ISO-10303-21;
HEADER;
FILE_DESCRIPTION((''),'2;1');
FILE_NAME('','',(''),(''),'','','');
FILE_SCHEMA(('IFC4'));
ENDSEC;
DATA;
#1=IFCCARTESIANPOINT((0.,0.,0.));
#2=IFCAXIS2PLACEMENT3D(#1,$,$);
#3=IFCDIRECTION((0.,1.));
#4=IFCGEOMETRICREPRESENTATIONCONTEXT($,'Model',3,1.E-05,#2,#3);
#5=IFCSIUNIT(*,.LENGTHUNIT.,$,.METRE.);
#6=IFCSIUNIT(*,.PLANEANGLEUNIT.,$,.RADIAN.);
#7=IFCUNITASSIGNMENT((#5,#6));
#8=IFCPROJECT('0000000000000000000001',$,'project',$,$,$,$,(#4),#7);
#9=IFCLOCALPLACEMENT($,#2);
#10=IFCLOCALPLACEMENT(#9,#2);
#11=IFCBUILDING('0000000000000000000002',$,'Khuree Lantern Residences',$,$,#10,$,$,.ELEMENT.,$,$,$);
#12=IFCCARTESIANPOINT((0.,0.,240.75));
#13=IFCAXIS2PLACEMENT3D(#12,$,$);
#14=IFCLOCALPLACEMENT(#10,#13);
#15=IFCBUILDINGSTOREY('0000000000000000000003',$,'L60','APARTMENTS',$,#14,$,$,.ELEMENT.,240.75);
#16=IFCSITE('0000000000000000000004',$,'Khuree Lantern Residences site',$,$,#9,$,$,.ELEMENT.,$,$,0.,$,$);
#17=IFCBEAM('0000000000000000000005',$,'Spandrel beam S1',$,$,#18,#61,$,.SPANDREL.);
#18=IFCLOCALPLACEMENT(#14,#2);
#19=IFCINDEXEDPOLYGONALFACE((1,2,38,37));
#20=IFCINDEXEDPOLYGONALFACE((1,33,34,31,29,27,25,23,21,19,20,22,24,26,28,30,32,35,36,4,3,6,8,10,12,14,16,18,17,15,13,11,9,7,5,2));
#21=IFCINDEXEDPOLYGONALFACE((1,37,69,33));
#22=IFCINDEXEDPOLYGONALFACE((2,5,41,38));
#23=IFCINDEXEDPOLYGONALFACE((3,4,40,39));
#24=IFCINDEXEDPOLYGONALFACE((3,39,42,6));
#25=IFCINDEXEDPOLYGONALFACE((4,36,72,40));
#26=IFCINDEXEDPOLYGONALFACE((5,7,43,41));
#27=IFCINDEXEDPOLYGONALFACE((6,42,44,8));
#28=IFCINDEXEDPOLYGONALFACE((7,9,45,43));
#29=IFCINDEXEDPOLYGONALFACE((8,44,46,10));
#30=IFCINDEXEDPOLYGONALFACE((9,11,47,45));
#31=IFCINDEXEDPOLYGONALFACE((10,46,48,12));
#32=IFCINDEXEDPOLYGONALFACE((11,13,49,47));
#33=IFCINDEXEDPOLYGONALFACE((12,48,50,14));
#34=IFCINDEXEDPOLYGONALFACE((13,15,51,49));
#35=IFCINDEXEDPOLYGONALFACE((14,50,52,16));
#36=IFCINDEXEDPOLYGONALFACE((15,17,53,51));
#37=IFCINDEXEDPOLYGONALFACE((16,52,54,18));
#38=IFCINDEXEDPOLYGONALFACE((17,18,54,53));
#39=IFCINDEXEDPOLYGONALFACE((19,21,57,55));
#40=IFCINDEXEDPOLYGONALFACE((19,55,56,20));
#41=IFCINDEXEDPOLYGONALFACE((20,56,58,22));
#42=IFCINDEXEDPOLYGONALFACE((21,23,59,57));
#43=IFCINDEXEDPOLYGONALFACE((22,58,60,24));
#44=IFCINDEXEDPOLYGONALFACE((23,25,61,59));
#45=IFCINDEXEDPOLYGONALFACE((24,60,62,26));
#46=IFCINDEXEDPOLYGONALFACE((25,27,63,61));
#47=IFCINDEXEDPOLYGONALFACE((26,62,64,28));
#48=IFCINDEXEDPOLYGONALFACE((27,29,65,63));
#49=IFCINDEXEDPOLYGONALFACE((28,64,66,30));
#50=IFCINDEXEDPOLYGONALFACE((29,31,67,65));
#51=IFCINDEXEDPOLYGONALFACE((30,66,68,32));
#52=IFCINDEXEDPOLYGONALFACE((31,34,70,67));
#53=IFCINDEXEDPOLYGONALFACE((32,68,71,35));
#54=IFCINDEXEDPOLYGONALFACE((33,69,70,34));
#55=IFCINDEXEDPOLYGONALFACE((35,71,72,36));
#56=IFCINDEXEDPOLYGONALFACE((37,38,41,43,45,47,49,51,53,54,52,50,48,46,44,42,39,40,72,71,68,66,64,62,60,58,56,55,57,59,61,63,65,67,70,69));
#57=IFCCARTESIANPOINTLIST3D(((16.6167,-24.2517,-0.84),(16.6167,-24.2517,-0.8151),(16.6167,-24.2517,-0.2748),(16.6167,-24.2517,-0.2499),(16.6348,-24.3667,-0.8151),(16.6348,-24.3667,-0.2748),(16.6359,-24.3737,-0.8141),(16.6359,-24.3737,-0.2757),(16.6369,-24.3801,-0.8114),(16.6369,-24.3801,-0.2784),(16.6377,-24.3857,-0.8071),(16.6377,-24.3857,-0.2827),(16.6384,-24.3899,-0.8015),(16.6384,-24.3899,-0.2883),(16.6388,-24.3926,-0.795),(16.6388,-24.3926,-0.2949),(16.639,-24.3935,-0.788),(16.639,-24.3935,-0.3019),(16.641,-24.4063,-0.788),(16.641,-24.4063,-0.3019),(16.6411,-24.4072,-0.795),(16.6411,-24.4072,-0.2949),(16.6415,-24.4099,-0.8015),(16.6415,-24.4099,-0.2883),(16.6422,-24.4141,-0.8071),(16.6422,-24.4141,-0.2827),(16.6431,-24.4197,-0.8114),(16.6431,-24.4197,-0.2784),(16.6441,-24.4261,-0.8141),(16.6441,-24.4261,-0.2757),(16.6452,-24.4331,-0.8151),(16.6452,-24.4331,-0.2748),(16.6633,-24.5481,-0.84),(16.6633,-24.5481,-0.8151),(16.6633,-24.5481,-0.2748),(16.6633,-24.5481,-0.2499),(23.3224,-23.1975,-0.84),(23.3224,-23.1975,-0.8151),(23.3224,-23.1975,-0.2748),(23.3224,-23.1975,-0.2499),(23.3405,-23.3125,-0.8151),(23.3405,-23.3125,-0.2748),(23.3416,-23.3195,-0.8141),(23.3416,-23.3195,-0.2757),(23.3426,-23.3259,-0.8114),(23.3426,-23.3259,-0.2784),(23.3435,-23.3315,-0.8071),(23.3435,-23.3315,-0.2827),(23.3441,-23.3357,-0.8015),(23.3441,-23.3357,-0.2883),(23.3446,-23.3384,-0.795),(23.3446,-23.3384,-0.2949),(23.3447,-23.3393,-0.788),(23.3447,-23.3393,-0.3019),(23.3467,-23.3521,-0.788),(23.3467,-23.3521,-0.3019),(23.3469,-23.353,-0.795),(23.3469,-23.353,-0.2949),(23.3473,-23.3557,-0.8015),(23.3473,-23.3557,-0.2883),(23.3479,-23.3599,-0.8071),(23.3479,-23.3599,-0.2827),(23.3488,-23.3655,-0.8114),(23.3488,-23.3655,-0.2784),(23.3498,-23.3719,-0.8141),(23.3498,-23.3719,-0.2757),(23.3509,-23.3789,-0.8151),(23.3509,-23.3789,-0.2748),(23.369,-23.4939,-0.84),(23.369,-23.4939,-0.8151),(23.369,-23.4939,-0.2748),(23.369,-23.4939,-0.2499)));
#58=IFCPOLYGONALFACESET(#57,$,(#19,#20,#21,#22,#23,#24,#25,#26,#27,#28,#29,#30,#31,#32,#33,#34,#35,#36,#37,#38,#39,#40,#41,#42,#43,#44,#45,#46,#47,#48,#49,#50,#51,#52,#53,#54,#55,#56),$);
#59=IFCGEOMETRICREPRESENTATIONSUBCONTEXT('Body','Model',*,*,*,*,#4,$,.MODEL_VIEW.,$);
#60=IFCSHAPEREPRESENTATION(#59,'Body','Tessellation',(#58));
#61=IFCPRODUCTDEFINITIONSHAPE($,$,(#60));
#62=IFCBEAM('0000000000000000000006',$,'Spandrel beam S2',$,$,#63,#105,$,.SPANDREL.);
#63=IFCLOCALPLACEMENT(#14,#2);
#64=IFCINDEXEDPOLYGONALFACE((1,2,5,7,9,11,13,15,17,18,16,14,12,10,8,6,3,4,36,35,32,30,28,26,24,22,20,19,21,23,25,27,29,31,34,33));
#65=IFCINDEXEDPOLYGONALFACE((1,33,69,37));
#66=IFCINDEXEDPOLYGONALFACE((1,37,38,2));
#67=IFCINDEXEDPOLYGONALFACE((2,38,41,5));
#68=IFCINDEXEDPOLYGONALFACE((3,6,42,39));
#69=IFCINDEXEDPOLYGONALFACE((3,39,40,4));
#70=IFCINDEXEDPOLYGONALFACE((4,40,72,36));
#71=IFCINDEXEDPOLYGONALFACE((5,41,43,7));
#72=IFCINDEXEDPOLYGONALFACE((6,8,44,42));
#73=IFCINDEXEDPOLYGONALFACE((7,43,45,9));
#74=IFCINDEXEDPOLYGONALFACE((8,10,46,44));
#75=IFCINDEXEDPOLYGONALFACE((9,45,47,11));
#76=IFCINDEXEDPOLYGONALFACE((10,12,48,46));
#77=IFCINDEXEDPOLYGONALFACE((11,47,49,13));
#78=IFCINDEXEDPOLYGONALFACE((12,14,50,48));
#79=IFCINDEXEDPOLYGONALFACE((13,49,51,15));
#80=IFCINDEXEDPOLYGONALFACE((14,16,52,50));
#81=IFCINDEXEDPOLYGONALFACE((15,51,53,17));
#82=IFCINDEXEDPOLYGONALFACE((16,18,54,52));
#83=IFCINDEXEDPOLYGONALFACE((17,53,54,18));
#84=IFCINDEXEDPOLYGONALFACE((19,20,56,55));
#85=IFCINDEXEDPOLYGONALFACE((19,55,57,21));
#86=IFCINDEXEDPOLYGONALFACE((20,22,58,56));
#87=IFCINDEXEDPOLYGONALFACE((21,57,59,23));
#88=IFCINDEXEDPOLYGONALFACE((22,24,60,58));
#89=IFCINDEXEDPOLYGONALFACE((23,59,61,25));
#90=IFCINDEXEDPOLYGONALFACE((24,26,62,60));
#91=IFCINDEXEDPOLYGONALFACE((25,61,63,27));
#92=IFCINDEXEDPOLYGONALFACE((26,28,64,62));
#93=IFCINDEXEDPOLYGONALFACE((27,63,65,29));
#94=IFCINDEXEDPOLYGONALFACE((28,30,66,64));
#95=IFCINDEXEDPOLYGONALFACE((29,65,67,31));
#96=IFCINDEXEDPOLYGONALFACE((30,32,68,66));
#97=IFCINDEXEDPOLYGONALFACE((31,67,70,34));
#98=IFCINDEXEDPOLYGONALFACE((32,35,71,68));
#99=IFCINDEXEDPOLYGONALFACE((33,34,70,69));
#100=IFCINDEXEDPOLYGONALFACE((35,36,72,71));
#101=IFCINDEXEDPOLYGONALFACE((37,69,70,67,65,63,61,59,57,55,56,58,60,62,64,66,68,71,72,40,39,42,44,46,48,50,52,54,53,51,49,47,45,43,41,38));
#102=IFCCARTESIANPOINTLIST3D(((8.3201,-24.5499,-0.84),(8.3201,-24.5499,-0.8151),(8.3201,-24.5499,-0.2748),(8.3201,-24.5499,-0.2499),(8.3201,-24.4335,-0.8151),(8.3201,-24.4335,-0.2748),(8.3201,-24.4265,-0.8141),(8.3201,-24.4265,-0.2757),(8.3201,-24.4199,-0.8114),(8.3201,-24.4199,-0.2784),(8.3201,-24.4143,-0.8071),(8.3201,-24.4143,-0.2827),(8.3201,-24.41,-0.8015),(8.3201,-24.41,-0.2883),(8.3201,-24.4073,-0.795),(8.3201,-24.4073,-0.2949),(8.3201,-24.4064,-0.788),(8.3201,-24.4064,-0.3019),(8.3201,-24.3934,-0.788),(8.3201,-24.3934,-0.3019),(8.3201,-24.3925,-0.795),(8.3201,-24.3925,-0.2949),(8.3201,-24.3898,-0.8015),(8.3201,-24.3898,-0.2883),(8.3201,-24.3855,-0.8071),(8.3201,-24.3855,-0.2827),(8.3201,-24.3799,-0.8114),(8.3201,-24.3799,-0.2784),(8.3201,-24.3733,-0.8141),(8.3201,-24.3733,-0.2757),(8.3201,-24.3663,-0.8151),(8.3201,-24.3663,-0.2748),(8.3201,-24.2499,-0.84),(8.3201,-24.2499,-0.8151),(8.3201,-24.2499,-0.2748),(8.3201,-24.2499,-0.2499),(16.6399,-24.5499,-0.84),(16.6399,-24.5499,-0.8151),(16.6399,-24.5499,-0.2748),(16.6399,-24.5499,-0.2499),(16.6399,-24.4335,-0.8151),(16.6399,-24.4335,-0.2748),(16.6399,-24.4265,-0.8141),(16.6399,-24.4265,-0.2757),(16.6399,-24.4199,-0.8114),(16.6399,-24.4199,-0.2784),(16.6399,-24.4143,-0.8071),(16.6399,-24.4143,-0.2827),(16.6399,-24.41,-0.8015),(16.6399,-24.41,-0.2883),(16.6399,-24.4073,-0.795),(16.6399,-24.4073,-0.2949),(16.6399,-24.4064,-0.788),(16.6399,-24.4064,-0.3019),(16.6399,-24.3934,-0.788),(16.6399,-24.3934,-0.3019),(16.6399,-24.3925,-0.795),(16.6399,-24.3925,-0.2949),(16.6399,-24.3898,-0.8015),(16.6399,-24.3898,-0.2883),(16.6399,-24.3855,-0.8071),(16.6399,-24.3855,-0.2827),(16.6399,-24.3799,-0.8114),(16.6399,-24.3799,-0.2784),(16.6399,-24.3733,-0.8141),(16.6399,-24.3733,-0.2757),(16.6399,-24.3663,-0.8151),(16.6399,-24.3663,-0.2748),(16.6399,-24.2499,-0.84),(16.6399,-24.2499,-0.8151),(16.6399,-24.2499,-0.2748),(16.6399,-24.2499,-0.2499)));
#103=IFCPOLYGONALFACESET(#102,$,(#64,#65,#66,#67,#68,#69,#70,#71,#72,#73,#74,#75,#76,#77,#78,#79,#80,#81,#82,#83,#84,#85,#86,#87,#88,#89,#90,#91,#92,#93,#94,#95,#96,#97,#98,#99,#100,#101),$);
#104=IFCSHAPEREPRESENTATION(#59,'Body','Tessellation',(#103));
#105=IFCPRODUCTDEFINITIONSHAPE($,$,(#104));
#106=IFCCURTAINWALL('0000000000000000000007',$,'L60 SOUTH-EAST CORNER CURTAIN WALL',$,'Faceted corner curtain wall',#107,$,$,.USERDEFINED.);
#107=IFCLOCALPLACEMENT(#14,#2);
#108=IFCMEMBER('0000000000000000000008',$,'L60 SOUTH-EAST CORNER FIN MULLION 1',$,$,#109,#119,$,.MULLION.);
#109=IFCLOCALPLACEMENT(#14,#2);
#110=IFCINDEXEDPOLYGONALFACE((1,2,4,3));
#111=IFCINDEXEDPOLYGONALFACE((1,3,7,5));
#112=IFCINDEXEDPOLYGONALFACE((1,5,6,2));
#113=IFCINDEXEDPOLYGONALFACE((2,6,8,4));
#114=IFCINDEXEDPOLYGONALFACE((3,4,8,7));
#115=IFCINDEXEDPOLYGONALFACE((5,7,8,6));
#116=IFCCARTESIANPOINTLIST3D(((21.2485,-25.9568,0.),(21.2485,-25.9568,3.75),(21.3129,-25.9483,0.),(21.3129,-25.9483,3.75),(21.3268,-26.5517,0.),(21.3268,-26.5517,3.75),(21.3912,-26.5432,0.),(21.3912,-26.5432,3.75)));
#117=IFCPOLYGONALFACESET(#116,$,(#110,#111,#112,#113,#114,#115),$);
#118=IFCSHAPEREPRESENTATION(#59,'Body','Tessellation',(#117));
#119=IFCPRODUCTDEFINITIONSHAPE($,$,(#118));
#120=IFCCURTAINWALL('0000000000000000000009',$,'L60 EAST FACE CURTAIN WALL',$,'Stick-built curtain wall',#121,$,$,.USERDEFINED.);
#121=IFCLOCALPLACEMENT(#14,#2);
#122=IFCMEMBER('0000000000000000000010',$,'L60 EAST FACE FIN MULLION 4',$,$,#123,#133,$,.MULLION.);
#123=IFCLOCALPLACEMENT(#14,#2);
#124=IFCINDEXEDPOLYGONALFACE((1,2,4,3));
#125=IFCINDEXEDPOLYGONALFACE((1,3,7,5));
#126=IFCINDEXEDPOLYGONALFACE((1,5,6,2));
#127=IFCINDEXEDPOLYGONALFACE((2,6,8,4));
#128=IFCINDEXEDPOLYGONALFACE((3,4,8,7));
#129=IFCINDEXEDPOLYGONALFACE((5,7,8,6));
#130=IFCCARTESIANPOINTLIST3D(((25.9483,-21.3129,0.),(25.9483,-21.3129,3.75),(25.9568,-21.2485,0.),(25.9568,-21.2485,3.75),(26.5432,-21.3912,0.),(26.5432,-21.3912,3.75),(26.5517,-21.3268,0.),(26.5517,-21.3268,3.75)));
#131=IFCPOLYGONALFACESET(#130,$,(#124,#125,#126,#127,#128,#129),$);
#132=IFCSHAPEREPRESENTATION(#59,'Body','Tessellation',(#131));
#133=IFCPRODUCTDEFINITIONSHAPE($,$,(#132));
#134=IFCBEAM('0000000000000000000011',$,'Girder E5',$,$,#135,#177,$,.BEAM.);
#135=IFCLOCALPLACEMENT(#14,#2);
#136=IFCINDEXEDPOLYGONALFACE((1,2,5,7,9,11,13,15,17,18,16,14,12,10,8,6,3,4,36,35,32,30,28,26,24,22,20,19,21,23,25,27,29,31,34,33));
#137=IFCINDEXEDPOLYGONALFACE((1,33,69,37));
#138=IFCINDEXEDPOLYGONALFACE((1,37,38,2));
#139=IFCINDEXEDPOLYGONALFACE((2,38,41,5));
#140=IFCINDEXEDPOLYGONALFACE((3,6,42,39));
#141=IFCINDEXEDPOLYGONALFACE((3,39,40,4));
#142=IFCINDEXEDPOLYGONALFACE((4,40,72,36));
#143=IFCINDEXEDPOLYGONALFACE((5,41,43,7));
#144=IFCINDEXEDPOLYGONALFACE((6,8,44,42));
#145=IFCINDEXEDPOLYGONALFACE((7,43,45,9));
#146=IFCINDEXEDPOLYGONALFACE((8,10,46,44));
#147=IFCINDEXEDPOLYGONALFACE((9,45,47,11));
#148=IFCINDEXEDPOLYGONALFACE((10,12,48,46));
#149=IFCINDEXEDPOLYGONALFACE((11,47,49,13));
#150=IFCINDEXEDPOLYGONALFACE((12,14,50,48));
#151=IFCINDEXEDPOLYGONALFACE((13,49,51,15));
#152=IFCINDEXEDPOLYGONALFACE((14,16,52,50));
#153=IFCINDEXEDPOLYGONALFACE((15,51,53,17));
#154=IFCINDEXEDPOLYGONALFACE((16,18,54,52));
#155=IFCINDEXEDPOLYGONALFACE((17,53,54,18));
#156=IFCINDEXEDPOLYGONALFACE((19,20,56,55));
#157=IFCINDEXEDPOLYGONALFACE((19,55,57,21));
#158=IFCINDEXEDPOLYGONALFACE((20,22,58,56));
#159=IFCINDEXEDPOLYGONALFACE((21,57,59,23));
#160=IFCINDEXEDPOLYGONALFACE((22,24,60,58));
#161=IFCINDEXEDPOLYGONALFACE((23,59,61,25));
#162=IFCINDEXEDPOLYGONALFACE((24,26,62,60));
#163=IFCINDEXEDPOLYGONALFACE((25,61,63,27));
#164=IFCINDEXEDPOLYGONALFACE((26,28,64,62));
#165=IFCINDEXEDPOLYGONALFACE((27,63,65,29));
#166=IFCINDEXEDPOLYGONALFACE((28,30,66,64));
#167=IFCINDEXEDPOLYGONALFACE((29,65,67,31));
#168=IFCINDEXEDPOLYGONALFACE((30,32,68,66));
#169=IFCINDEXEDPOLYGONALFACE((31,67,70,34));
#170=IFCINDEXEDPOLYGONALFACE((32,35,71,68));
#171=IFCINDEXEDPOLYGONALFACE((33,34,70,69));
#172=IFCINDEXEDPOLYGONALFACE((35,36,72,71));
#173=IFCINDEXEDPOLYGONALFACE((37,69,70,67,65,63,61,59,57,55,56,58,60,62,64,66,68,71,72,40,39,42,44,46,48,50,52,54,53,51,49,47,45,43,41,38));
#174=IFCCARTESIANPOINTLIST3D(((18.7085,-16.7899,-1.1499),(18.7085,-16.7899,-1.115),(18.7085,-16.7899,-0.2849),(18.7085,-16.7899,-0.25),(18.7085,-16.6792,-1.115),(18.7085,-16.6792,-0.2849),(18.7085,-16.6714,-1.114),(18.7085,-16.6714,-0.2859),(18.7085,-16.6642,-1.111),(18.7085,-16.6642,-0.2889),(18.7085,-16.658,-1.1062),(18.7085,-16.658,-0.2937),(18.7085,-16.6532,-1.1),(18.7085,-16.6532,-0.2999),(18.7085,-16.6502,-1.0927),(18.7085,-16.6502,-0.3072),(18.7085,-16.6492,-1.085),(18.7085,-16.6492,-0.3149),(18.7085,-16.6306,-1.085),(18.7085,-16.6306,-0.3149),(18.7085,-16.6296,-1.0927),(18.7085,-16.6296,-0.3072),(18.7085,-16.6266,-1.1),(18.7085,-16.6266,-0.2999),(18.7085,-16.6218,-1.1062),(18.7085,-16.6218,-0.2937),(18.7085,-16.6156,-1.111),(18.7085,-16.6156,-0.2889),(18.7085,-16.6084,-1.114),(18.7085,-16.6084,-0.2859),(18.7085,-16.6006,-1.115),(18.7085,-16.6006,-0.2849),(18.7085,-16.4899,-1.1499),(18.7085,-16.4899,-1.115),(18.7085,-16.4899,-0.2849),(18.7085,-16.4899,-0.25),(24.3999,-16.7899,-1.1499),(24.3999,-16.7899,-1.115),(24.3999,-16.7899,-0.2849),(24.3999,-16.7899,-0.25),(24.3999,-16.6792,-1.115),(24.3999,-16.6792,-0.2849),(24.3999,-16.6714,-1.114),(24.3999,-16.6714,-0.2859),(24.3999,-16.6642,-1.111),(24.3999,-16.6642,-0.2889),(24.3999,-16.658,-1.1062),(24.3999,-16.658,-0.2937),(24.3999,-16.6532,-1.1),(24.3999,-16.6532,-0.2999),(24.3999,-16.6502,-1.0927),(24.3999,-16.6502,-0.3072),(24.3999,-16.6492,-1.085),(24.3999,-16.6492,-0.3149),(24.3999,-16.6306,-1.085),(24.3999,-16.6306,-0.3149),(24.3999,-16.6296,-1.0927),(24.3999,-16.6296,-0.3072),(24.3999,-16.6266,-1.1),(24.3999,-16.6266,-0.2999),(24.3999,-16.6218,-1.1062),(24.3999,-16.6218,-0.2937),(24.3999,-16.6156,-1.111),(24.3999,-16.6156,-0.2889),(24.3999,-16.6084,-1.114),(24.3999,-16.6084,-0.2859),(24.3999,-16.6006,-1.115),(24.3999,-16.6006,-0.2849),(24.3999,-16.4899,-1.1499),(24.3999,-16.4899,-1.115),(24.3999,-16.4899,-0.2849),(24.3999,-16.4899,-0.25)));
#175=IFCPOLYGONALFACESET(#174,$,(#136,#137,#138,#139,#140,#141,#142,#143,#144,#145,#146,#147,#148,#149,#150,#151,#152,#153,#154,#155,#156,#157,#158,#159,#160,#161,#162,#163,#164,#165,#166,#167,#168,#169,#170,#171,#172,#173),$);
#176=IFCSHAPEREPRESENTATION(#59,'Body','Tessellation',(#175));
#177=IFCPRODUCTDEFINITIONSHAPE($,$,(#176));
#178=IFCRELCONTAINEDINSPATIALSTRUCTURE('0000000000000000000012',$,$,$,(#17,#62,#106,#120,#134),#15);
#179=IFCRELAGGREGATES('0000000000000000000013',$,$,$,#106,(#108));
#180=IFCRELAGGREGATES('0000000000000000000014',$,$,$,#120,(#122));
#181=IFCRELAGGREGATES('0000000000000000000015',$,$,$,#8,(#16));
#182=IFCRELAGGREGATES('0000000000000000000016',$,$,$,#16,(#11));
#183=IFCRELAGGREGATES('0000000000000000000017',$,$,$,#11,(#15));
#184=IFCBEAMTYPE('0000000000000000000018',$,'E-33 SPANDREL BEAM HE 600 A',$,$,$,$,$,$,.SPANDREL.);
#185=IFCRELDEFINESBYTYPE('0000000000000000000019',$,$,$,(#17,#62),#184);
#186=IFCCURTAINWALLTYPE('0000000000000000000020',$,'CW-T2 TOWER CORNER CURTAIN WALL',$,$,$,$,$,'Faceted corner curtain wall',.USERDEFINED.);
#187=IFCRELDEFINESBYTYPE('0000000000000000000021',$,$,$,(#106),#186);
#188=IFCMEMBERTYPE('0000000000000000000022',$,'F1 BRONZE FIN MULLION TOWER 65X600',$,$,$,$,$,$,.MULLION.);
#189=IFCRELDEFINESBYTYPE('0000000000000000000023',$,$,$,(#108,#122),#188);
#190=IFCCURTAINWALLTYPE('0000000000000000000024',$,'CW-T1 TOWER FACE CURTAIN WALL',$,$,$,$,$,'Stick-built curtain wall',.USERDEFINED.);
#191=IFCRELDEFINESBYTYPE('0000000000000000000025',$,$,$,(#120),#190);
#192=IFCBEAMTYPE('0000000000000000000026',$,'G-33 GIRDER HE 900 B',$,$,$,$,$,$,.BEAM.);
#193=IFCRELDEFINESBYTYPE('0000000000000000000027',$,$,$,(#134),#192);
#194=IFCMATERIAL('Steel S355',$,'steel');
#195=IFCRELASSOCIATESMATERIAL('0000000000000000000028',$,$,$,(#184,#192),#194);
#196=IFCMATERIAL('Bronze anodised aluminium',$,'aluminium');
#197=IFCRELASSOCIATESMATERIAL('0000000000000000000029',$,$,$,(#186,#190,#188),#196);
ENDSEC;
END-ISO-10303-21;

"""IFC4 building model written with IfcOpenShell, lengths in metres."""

from ifc_helpers import new_model, si_unit, direction, frame, origin, origin_2d, place, context, subcontext, project, spatial, rectangle, i_section, extrude, material, material_profile, profile_set, type_object, element, aggregate, save


model = new_model("IFC4")

# Units and contexts
model_context = context("Model", 3, precision=1e-05, world=origin(), true_north=direction((0.0, 1.0)))
body_context = subcontext(model_context, "Body", "Model", "MODEL_VIEW")
ifc_project = project(units=[si_unit("LENGTHUNIT", "METRE"), si_unit("PLANEANGLEUNIT", "RADIAN")], contexts=[model_context])

# Site, building, storey
site_placement = place(None, origin())
site = spatial("IfcSite", under=ifc_project, at=site_placement, Name="Khuree Lantern Residences site", CompositionType="ELEMENT", RefElevation=0.0)
building_placement = place(site_placement, origin())
building = spatial("IfcBuilding", under=site, at=building_placement, Name="Khuree Lantern Residences", CompositionType="ELEMENT")
storey_placement = place(building_placement, frame((0.0, 0.0, 240.75)))
storey = spatial("IfcBuildingStorey", under=building, at=storey_placement, Name="L60", Description="APARTMENTS", CompositionType="ELEMENT", Elevation=240.75)

# Beams
ifc_material_1 = material(Name="Steel S355", Category="steel")
ifc_material_profile_1 = material_profile(ifc_material_1, i_section(OverallWidth=0.3, OverallDepth=0.5901, WebThickness=0.0129, FlangeThickness=0.0249, FilletRadius=0.0271, at=origin_2d()), Name="HE 600 A")
ifc_profile_set_1 = profile_set([ifc_material_profile_1], Name="Steel S355")
beam_type_1 = type_object("IfcBeamType", Name="E-33 SPANDREL BEAM HE 600 A", PredefinedType="SPANDREL", material=ifc_profile_set_1)
for number, where, z_axis, x_axis, name in (
    (1, (23.3457, -23.3457, -0.5449), (-0.987867, -0.1553, 0.0), (0.1553, -0.987867, 0.0), "Spandrel beam S1"),
):
    element("IfcBeam", number, at=place(storey_placement, frame(where, z_axis=z_axis, x_axis=x_axis)), inside=storey, type_object=beam_type_1, Name=name, PredefinedType="SPANDREL", context=body_context, shape_type="SweptSolid", body=[
        extrude(i_section(OverallWidth=0.3, OverallDepth=0.5901, WebThickness=0.0129, FlangeThickness=0.0249, FilletRadius=0.0271, at=origin_2d()), origin(), (0.0, 0.0, 1.0), 6.7881),
    ])
beam_1_placement = place(storey_placement, frame((16.6399, -24.3999, -0.5449), z_axis=(-1.0, 0.0, 0.0), x_axis=(0.0, -1.0, 0.0)))
element("IfcBeam", 2, at=beam_1_placement, inside=storey, type_object=beam_type_1, Name="Spandrel beam S2", PredefinedType="SPANDREL", context=body_context, shape_type="SweptSolid", body=[
    extrude(i_section(OverallWidth=0.3, OverallDepth=0.5901, WebThickness=0.0129, FlangeThickness=0.0249, FilletRadius=0.0271, at=origin_2d()), origin(), (0.0, 0.0, 1.0), 8.3198),
])

# Curtain walls, members
ifc_material_2 = material(Name="Bronze anodised aluminium", Category="aluminium")
curtain_wall_type_1 = type_object("IfcCurtainWallType", Name="CW-T2 TOWER CORNER CURTAIN WALL", ElementType="Faceted corner curtain wall", PredefinedType="USERDEFINED", material=ifc_material_2)
curtain_wall_1_placement = place(storey_placement, origin())
curtain_wall_1 = element("IfcCurtainWall", 3, at=curtain_wall_1_placement, inside=storey, type_object=curtain_wall_type_1, Name="L60 SOUTH-EAST CORNER CURTAIN WALL", ObjectType="Faceted corner curtain wall", PredefinedType="USERDEFINED")
ifc_material_profile_2 = material_profile(ifc_material_2, rectangle(XDim=0.0649, YDim=0.6001, at=origin_2d()), Name="F1 65X600")
ifc_profile_set_2 = profile_set([ifc_material_profile_2], Name="Bronze anodised aluminium")
member_type_1 = type_object("IfcMemberType", Name="F1 BRONZE FIN MULLION TOWER 65X600", PredefinedType="MULLION", material=ifc_profile_set_2)
member_1_placement = place(storey_placement, frame((21.3198, -26.25, 0.0), z_axis=(0.0, 0.0, 1.0), x_axis=(0.991445, 0.130526, 0.0)))
member_1 = element("IfcMember", 4, at=member_1_placement, type_object=member_type_1, Name="L60 SOUTH-EAST CORNER FIN MULLION 1", PredefinedType="MULLION", context=body_context, shape_type="SweptSolid", body=[
    extrude(rectangle(XDim=0.0649, YDim=0.6001, at=origin_2d()), origin(), (0.0, 0.0, 1.0), 3.75),
])
curtain_wall_type_2 = type_object("IfcCurtainWallType", Name="CW-T1 TOWER FACE CURTAIN WALL", ElementType="Stick-built curtain wall", PredefinedType="USERDEFINED", material=ifc_material_2)
curtain_wall_2_placement = place(storey_placement, origin())
curtain_wall_2 = element("IfcCurtainWall", 5, at=curtain_wall_2_placement, inside=storey, type_object=curtain_wall_type_2, Name="L60 EAST FACE CURTAIN WALL", ObjectType="Stick-built curtain wall", PredefinedType="USERDEFINED")
member_2_placement = place(storey_placement, frame((26.25, -21.3198, 0.0), z_axis=(0.0, 0.0, 1.0), x_axis=(0.130526, 0.991445, 0.0)))
member_2 = element("IfcMember", 6, at=member_2_placement, type_object=member_type_1, Name="L60 EAST FACE FIN MULLION 4", PredefinedType="MULLION", context=body_context, shape_type="SweptSolid", body=[
    extrude(rectangle(XDim=0.0649, YDim=0.6001, at=origin_2d()), origin(), (0.0, 0.0, 1.0), 3.75),
])

# Beam
ifc_material_profile_3 = material_profile(ifc_material_1, i_section(OverallWidth=0.3, OverallDepth=0.8999, WebThickness=0.0186, FlangeThickness=0.0349, FilletRadius=0.03, at=origin_2d()), Name="HE 900 B")
ifc_profile_set_3 = profile_set([ifc_material_profile_3], Name="Steel S355")
beam_type_2 = type_object("IfcBeamType", Name="G-33 GIRDER HE 900 B", PredefinedType="BEAM", material=ifc_profile_set_3)
beam_2_placement = place(storey_placement, frame((24.3999, -16.6399, -0.7), z_axis=(-1.0, 0.0, 0.0), x_axis=(0.0, -1.0, 0.0)))
element("IfcBeam", 7, at=beam_2_placement, inside=storey, type_object=beam_type_2, Name="Girder E5", PredefinedType="BEAM", context=body_context, shape_type="SweptSolid", body=[
    extrude(i_section(OverallWidth=0.3, OverallDepth=0.8999, WebThickness=0.0186, FlangeThickness=0.0349, FilletRadius=0.03, at=origin_2d()), origin(), (0.0, 0.0, 1.0), 5.6914),
])

aggregate(curtain_wall_1, [member_1])
aggregate(curtain_wall_2, [member_2])

save(model, "model.ifc")
